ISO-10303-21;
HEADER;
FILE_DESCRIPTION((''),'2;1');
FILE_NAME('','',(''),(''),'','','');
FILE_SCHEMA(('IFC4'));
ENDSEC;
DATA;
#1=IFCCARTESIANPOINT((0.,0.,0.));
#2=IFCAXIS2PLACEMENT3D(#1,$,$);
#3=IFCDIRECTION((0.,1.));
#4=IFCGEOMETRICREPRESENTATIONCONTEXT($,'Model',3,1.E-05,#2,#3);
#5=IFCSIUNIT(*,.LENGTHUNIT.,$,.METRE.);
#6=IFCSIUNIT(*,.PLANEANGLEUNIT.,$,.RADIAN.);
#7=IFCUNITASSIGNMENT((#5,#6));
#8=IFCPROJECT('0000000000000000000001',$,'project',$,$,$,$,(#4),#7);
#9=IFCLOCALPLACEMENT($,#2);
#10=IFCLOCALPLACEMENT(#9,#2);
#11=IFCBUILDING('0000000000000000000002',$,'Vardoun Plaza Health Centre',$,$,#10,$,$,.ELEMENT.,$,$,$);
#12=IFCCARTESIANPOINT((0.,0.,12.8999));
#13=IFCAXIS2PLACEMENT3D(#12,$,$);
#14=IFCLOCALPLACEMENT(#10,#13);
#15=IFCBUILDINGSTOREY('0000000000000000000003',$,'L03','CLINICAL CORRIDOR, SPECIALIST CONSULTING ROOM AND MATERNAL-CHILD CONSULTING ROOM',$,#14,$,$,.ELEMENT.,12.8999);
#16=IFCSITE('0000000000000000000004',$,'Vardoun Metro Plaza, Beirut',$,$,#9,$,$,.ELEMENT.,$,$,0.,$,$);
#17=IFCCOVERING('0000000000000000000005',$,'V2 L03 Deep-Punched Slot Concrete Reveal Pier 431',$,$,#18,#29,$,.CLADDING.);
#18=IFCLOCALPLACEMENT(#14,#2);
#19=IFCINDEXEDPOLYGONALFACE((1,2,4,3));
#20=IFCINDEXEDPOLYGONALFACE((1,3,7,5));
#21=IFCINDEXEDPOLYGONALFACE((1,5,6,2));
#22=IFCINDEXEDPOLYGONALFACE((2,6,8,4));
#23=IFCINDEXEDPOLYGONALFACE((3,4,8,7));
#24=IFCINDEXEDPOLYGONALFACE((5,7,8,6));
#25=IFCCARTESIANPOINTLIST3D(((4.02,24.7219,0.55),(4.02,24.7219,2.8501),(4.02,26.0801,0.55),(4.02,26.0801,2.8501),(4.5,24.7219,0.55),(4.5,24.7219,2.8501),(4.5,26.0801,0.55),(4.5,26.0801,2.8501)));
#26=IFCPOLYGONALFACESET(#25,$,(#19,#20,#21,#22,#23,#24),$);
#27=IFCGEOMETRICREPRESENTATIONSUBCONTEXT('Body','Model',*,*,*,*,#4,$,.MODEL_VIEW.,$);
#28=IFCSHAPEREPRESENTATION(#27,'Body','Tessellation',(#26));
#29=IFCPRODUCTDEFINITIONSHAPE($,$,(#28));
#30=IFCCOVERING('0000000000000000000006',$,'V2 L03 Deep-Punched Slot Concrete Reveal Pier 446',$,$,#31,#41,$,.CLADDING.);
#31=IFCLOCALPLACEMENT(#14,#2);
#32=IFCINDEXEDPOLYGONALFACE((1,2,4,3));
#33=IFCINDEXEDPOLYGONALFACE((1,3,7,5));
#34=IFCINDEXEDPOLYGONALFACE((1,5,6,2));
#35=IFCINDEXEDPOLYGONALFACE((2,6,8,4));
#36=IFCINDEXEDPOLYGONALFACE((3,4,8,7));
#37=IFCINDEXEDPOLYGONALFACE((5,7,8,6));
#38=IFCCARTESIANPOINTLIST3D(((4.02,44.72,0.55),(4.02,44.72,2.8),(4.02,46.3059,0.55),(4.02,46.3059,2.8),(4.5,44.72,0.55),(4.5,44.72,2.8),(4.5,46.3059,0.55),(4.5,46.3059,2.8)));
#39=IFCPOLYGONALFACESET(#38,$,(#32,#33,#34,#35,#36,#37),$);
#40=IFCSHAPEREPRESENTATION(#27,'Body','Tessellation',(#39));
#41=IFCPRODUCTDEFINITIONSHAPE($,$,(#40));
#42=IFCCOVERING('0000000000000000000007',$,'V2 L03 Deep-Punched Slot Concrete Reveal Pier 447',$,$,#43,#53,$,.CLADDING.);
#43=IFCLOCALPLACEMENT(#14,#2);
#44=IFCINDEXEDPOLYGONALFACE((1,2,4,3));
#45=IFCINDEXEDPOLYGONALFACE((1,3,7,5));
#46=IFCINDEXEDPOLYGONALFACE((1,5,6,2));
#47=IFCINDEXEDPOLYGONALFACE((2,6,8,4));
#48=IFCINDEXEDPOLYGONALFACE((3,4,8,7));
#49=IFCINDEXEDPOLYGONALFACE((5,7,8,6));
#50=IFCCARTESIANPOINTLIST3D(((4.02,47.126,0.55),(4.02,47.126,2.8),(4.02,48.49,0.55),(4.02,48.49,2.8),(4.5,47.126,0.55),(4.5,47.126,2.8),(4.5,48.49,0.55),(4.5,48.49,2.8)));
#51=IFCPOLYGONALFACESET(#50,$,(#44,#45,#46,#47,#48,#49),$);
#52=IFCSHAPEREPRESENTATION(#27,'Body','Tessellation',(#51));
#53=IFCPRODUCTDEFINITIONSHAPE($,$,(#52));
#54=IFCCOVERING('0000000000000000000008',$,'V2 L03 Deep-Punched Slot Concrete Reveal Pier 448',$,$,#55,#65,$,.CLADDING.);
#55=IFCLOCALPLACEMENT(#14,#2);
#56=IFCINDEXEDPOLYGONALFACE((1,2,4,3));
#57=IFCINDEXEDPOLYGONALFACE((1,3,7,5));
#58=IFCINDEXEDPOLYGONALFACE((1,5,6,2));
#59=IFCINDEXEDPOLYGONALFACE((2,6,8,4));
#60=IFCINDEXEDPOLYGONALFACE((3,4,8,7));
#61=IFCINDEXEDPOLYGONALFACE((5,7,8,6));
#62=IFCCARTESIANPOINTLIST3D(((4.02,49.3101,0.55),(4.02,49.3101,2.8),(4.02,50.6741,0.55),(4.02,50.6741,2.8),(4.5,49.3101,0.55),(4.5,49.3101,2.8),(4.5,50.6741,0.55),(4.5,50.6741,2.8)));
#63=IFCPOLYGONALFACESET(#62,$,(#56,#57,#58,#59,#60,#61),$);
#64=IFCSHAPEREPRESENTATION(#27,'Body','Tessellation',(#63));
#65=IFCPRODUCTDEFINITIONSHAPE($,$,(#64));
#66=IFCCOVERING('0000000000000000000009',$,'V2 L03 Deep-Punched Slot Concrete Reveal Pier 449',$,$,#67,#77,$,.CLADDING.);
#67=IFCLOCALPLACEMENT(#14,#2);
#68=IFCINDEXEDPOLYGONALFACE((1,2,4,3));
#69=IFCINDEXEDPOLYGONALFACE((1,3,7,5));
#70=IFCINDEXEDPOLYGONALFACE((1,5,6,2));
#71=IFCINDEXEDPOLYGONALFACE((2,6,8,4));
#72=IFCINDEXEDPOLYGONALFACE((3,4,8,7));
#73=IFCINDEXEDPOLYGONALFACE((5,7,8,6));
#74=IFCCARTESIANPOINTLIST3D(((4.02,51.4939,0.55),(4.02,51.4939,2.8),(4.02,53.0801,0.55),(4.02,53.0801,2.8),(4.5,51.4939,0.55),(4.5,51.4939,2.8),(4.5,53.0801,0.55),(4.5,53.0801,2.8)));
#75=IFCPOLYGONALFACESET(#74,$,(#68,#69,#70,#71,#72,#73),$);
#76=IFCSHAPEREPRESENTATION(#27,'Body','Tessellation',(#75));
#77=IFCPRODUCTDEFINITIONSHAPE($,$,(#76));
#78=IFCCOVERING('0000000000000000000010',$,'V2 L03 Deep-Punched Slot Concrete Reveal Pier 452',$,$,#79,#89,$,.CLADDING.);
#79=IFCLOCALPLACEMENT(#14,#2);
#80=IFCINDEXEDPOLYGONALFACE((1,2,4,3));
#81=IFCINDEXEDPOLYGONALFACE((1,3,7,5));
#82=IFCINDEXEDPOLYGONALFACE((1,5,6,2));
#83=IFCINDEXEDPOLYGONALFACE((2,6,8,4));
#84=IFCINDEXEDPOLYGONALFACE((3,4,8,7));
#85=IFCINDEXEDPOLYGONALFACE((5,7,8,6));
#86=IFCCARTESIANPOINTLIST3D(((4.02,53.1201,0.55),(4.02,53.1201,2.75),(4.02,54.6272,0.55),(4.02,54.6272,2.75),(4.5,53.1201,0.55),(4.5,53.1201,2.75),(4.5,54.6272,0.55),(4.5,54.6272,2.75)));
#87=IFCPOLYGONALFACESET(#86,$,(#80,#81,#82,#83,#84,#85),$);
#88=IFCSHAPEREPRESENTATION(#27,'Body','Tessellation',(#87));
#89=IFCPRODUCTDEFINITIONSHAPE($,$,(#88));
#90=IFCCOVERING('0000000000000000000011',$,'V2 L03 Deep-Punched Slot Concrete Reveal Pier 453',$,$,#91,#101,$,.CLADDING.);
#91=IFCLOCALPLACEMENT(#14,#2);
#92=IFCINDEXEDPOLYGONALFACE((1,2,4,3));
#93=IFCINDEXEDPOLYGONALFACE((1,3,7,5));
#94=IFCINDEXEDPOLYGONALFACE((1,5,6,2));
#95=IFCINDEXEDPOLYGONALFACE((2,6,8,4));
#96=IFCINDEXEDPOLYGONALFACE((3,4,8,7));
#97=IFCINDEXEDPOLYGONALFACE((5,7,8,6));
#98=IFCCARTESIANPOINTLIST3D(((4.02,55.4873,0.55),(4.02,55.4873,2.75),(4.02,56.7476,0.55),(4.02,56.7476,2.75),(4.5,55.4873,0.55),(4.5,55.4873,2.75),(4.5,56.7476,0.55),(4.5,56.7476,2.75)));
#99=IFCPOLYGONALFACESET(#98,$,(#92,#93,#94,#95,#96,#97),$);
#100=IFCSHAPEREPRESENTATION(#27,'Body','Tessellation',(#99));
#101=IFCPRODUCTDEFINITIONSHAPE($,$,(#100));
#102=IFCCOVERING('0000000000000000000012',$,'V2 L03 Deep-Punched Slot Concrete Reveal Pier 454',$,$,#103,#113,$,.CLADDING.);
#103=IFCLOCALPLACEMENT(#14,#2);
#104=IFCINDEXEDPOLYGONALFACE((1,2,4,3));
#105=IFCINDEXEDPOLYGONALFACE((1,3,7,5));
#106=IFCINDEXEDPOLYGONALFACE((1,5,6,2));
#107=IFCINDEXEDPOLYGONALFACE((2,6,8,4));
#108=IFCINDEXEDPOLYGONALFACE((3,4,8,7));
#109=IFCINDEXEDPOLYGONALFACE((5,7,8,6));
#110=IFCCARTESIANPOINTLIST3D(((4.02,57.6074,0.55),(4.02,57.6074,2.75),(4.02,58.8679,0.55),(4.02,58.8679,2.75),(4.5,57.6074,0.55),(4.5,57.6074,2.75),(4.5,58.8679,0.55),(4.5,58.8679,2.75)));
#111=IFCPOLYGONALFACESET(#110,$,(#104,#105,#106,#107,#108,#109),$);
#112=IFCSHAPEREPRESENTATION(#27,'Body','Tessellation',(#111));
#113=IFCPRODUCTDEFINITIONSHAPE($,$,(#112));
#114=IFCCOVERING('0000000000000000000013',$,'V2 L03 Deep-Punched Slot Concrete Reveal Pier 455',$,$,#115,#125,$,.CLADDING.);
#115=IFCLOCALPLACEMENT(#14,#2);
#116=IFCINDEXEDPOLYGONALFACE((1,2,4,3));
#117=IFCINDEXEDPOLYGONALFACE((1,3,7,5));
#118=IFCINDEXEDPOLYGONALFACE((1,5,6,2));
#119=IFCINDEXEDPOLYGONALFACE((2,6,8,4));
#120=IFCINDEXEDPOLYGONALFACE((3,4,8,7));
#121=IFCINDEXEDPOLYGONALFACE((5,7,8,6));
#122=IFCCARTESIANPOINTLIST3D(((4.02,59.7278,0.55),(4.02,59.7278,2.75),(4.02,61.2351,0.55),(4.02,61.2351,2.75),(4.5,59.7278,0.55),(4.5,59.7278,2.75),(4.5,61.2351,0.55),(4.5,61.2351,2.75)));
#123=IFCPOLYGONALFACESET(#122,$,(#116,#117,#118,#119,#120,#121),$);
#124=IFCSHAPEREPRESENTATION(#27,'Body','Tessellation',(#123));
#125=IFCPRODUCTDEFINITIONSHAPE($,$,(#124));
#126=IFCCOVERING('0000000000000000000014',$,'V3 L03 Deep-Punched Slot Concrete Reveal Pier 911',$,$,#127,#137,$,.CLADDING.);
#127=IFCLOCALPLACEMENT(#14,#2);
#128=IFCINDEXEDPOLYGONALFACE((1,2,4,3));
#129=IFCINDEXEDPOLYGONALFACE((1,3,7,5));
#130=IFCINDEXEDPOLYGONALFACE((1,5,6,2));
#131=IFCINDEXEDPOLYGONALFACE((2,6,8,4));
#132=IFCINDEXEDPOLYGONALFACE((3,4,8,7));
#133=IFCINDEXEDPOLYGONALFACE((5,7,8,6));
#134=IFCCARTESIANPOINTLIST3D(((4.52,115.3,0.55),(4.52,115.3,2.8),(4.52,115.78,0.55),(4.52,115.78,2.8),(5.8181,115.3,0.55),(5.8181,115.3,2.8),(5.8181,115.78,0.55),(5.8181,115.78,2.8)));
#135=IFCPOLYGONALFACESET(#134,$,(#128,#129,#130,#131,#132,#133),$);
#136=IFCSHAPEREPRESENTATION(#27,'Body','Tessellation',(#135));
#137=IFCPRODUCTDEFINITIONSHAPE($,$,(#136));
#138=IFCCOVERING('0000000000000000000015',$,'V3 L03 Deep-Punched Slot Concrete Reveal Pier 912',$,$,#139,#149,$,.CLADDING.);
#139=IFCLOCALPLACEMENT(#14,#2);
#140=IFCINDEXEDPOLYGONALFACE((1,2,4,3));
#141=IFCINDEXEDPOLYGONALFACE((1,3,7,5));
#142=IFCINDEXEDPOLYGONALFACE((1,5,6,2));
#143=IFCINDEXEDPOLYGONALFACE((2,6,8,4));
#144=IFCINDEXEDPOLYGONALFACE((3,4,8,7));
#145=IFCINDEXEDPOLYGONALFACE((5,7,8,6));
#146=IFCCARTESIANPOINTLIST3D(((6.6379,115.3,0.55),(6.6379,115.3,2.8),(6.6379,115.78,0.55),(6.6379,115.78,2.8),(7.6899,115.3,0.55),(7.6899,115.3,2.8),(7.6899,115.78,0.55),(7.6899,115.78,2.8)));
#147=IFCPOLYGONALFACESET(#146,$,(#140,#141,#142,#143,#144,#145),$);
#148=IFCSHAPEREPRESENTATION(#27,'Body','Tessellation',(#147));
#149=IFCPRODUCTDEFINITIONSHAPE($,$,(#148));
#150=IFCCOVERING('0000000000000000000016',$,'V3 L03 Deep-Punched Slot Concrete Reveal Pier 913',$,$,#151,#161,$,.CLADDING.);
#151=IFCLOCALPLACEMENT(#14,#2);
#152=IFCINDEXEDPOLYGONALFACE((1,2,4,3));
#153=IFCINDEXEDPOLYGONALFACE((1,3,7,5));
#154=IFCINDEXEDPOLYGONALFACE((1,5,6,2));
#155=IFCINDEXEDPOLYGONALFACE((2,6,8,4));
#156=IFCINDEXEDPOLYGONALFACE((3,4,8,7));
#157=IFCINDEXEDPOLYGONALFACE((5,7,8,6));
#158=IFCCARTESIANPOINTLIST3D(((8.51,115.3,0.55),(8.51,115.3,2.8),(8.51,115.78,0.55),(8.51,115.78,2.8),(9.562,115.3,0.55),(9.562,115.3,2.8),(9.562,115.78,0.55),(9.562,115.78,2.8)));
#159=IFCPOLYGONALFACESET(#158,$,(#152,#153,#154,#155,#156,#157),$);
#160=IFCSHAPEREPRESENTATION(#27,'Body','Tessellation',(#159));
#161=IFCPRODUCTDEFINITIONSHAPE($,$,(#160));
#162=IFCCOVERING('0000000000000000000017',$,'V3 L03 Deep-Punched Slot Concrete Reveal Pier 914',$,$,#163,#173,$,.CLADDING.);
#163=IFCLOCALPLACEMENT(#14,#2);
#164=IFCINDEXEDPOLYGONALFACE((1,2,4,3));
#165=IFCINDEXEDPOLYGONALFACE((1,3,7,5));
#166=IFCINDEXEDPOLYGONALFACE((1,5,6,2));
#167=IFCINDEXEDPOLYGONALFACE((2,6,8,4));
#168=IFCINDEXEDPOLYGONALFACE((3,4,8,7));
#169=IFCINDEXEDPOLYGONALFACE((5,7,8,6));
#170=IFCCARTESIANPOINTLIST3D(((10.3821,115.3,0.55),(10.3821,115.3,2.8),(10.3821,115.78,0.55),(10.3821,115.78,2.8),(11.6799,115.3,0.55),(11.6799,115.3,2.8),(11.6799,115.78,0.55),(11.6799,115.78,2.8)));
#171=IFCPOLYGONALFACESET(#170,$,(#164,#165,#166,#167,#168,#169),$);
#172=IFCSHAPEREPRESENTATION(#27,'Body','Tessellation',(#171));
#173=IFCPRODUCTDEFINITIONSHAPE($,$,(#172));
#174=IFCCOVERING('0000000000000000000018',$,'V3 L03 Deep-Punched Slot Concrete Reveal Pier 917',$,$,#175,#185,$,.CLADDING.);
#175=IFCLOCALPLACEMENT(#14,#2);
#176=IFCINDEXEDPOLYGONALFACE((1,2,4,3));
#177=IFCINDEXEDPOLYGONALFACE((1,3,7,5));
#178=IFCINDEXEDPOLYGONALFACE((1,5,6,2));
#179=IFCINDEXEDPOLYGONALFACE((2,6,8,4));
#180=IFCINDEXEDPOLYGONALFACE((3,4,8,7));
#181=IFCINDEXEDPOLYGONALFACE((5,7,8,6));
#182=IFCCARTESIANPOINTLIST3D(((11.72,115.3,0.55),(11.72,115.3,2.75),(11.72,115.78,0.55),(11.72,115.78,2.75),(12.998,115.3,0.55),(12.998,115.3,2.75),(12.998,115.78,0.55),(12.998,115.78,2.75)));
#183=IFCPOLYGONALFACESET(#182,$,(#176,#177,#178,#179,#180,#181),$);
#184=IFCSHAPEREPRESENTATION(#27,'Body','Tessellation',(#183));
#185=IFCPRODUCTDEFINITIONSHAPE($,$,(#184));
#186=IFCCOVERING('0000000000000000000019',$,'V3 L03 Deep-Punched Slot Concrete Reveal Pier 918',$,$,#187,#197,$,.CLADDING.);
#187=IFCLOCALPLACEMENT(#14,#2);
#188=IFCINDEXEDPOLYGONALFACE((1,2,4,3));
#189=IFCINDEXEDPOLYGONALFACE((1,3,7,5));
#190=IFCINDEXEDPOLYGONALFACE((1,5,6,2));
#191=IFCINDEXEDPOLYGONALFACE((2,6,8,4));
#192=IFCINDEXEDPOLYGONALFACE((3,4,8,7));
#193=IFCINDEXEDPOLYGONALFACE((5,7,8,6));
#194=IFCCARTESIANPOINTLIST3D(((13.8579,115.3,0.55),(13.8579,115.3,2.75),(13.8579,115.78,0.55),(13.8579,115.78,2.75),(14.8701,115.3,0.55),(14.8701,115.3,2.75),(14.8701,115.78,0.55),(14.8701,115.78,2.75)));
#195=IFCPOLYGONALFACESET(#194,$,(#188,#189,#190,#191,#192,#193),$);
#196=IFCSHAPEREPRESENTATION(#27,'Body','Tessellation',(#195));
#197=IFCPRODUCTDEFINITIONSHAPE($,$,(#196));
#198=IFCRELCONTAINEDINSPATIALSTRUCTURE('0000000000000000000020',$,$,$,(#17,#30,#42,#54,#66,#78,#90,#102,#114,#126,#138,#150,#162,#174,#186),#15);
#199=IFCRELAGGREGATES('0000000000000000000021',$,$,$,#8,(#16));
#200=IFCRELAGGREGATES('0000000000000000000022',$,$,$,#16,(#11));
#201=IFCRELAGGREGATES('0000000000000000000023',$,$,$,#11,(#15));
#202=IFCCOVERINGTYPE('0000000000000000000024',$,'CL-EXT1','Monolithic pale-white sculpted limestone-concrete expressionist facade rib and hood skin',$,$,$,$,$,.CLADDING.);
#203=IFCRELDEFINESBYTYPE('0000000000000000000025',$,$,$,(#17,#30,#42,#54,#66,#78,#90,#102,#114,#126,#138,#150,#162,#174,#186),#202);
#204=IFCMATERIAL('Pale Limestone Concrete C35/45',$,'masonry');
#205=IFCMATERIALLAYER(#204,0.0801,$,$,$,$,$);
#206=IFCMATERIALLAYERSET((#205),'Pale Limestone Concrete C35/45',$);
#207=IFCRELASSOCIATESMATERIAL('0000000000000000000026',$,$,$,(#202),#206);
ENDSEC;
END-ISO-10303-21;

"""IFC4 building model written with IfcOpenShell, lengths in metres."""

from ifc_helpers import new_model, si_unit, direction, frame, origin, place, context, subcontext, project, spatial, polyline, outline, extrude, material, layer, layer_set, type_object, element, save


model = new_model("IFC4")

# Units and contexts
model_context = context("Model", 3, precision=1e-05, world=origin(), true_north=direction((0.0, 1.0)))
body_context = subcontext(model_context, "Body", "Model", "MODEL_VIEW")
ifc_project = project(units=[si_unit("LENGTHUNIT", "METRE"), si_unit("PLANEANGLEUNIT", "RADIAN")], contexts=[model_context])

# Site, building, storey
site_placement = place(None, origin())
site = spatial("IfcSite", under=ifc_project, at=site_placement, Name="Vardoun Metro Plaza, Beirut", CompositionType="ELEMENT", RefElevation=0.0)
building_placement = place(site_placement, origin())
building = spatial("IfcBuilding", under=site, at=building_placement, Name="Vardoun Plaza Health Centre", CompositionType="ELEMENT")
storey_placement = place(building_placement, frame((0.0, 0.0, 12.8999)))
storey = spatial("IfcBuildingStorey", under=building, at=storey_placement, Name="L03", Description="CLINICAL CORRIDOR, SPECIALIST CONSULTING ROOM AND MATERNAL-CHILD CONSULTING ROOM", CompositionType="ELEMENT", Elevation=12.8999)

# Coverings
ifc_material = material(Name="Pale Limestone Concrete C35/45", Category="masonry")
ifc_layer = layer(ifc_material, 0.0801)
ifc_layer_set = layer_set([ifc_layer], Name="Pale Limestone Concrete C35/45")
covering_type = type_object("IfcCoveringType", Name="CL-EXT1", Description="Monolithic pale-white sculpted limestone-concrete expressionist facade rib and hood skin", PredefinedType="CLADDING", material=ifc_layer_set)
covering_1_placement = place(storey_placement, frame((0.0, 0.0, 0.55)))
element("IfcCovering", 1, at=covering_1_placement, inside=storey, type_object=covering_type, Name="V2 L03 Deep-Punched Slot Concrete Reveal Pier 431", PredefinedType="CLADDING", context=body_context, shape_type="SweptSolid", body=[
    extrude(outline(polyline([(4.5, 24.7219), (4.5, 26.0801), (4.02, 26.0801), (4.02, 24.7219), (4.5, 24.7219)])), origin(), (0.0, 0.0, 1.0), 2.3),
])
covering_2_placement = place(storey_placement, frame((0.0, 0.0, 0.55)))
element("IfcCovering", 2, at=covering_2_placement, inside=storey, type_object=covering_type, Name="V2 L03 Deep-Punched Slot Concrete Reveal Pier 446", PredefinedType="CLADDING", context=body_context, shape_type="SweptSolid", body=[
    extrude(outline(polyline([(4.5, 44.72), (4.5, 46.3059), (4.02, 46.3059), (4.02, 44.72), (4.5, 44.72)])), origin(), (0.0, 0.0, 1.0), 2.25),
])
covering_3_placement = place(storey_placement, frame((0.0, 0.0, 0.55)))
element("IfcCovering", 3, at=covering_3_placement, inside=storey, type_object=covering_type, Name="V2 L03 Deep-Punched Slot Concrete Reveal Pier 447", PredefinedType="CLADDING", context=body_context, shape_type="SweptSolid", body=[
    extrude(outline(polyline([(4.5, 47.126), (4.5, 48.49), (4.02, 48.49), (4.02, 47.126), (4.5, 47.126)])), origin(), (0.0, 0.0, 1.0), 2.25),
])
covering_4_placement = place(storey_placement, frame((0.0, 0.0, 0.55)))
element("IfcCovering", 4, at=covering_4_placement, inside=storey, type_object=covering_type, Name="V2 L03 Deep-Punched Slot Concrete Reveal Pier 448", PredefinedType="CLADDING", context=body_context, shape_type="SweptSolid", body=[
    extrude(outline(polyline([(4.5, 49.3101), (4.5, 50.6741), (4.02, 50.6741), (4.02, 49.3101), (4.5, 49.3101)])), origin(), (0.0, 0.0, 1.0), 2.25),
])
covering_5_placement = place(storey_placement, frame((0.0, 0.0, 0.55)))
element("IfcCovering", 5, at=covering_5_placement, inside=storey, type_object=covering_type, Name="V2 L03 Deep-Punched Slot Concrete Reveal Pier 449", PredefinedType="CLADDING", context=body_context, shape_type="SweptSolid", body=[
    extrude(outline(polyline([(4.5, 51.4939), (4.5, 53.0801), (4.02, 53.0801), (4.02, 51.4939), (4.5, 51.4939)])), origin(), (0.0, 0.0, 1.0), 2.25),
])
covering_6_placement = place(storey_placement, frame((0.0, 0.0, 0.55)))
element("IfcCovering", 6, at=covering_6_placement, inside=storey, type_object=covering_type, Name="V2 L03 Deep-Punched Slot Concrete Reveal Pier 452", PredefinedType="CLADDING", context=body_context, shape_type="SweptSolid", body=[
    extrude(outline(polyline([(4.5, 53.1201), (4.5, 54.6272), (4.02, 54.6272), (4.02, 53.1201), (4.5, 53.1201)])), origin(), (0.0, 0.0, 1.0), 2.2),
])
covering_7_placement = place(storey_placement, frame((0.0, 0.0, 0.55)))
element("IfcCovering", 7, at=covering_7_placement, inside=storey, type_object=covering_type, Name="V2 L03 Deep-Punched Slot Concrete Reveal Pier 453", PredefinedType="CLADDING", context=body_context, shape_type="SweptSolid", body=[
    extrude(outline(polyline([(4.5, 55.4873), (4.5, 56.7476), (4.02, 56.7476), (4.02, 55.4873), (4.5, 55.4873)])), origin(), (0.0, 0.0, 1.0), 2.2),
])
covering_8_placement = place(storey_placement, frame((0.0, 0.0, 0.55)))
element("IfcCovering", 8, at=covering_8_placement, inside=storey, type_object=covering_type, Name="V2 L03 Deep-Punched Slot Concrete Reveal Pier 454", PredefinedType="CLADDING", context=body_context, shape_type="SweptSolid", body=[
    extrude(outline(polyline([(4.5, 57.6074), (4.5, 58.8679), (4.02, 58.8679), (4.02, 57.6074), (4.5, 57.6074)])), origin(), (0.0, 0.0, 1.0), 2.2),
])
covering_9_placement = place(storey_placement, frame((0.0, 0.0, 0.55)))
element("IfcCovering", 9, at=covering_9_placement, inside=storey, type_object=covering_type, Name="V2 L03 Deep-Punched Slot Concrete Reveal Pier 455", PredefinedType="CLADDING", context=body_context, shape_type="SweptSolid", body=[
    extrude(outline(polyline([(4.5, 59.7278), (4.5, 61.2351), (4.02, 61.2351), (4.02, 59.7278), (4.5, 59.7278)])), origin(), (0.0, 0.0, 1.0), 2.2),
])
covering_10_placement = place(storey_placement, frame((0.0, 0.0, 0.55)))
element("IfcCovering", 10, at=covering_10_placement, inside=storey, type_object=covering_type, Name="V3 L03 Deep-Punched Slot Concrete Reveal Pier 911", PredefinedType="CLADDING", context=body_context, shape_type="SweptSolid", body=[
    extrude(outline(polyline([(4.52, 115.3), (5.8181, 115.3), (5.8181, 115.78), (4.52, 115.78), (4.52, 115.3)])), origin(), (0.0, 0.0, 1.0), 2.25),
])
covering_11_placement = place(storey_placement, frame((0.0, 0.0, 0.55)))
element("IfcCovering", 11, at=covering_11_placement, inside=storey, type_object=covering_type, Name="V3 L03 Deep-Punched Slot Concrete Reveal Pier 912", PredefinedType="CLADDING", context=body_context, shape_type="SweptSolid", body=[
    extrude(outline(polyline([(6.6379, 115.3), (7.6899, 115.3), (7.6899, 115.78), (6.6379, 115.78), (6.6379, 115.3)])), origin(), (0.0, 0.0, 1.0), 2.25),
])
covering_12_placement = place(storey_placement, frame((0.0, 0.0, 0.55)))
element("IfcCovering", 12, at=covering_12_placement, inside=storey, type_object=covering_type, Name="V3 L03 Deep-Punched Slot Concrete Reveal Pier 913", PredefinedType="CLADDING", context=body_context, shape_type="SweptSolid", body=[
    extrude(outline(polyline([(8.51, 115.3), (9.562, 115.3), (9.562, 115.78), (8.51, 115.78), (8.51, 115.3)])), origin(), (0.0, 0.0, 1.0), 2.25),
])
covering_13_placement = place(storey_placement, frame((0.0, 0.0, 0.55)))
element("IfcCovering", 13, at=covering_13_placement, inside=storey, type_object=covering_type, Name="V3 L03 Deep-Punched Slot Concrete Reveal Pier 914", PredefinedType="CLADDING", context=body_context, shape_type="SweptSolid", body=[
    extrude(outline(polyline([(10.3821, 115.3), (11.6799, 115.3), (11.6799, 115.78), (10.3821, 115.78), (10.3821, 115.3)])), origin(), (0.0, 0.0, 1.0), 2.25),
])
covering_14_placement = place(storey_placement, frame((0.0, 0.0, 0.55)))
element("IfcCovering", 14, at=covering_14_placement, inside=storey, type_object=covering_type, Name="V3 L03 Deep-Punched Slot Concrete Reveal Pier 917", PredefinedType="CLADDING", context=body_context, shape_type="SweptSolid", body=[
    extrude(outline(polyline([(11.72, 115.3), (12.998, 115.3), (12.998, 115.78), (11.72, 115.78), (11.72, 115.3)])), origin(), (0.0, 0.0, 1.0), 2.2),
])
covering_15_placement = place(storey_placement, frame((0.0, 0.0, 0.55)))
element("IfcCovering", 15, at=covering_15_placement, inside=storey, type_object=covering_type, Name="V3 L03 Deep-Punched Slot Concrete Reveal Pier 918", PredefinedType="CLADDING", context=body_context, shape_type="SweptSolid", body=[
    extrude(outline(polyline([(13.8579, 115.3), (14.8701, 115.3), (14.8701, 115.78), (13.8579, 115.78), (13.8579, 115.3)])), origin(), (0.0, 0.0, 1.0), 2.2),
])

save(model, "model.ifc")
